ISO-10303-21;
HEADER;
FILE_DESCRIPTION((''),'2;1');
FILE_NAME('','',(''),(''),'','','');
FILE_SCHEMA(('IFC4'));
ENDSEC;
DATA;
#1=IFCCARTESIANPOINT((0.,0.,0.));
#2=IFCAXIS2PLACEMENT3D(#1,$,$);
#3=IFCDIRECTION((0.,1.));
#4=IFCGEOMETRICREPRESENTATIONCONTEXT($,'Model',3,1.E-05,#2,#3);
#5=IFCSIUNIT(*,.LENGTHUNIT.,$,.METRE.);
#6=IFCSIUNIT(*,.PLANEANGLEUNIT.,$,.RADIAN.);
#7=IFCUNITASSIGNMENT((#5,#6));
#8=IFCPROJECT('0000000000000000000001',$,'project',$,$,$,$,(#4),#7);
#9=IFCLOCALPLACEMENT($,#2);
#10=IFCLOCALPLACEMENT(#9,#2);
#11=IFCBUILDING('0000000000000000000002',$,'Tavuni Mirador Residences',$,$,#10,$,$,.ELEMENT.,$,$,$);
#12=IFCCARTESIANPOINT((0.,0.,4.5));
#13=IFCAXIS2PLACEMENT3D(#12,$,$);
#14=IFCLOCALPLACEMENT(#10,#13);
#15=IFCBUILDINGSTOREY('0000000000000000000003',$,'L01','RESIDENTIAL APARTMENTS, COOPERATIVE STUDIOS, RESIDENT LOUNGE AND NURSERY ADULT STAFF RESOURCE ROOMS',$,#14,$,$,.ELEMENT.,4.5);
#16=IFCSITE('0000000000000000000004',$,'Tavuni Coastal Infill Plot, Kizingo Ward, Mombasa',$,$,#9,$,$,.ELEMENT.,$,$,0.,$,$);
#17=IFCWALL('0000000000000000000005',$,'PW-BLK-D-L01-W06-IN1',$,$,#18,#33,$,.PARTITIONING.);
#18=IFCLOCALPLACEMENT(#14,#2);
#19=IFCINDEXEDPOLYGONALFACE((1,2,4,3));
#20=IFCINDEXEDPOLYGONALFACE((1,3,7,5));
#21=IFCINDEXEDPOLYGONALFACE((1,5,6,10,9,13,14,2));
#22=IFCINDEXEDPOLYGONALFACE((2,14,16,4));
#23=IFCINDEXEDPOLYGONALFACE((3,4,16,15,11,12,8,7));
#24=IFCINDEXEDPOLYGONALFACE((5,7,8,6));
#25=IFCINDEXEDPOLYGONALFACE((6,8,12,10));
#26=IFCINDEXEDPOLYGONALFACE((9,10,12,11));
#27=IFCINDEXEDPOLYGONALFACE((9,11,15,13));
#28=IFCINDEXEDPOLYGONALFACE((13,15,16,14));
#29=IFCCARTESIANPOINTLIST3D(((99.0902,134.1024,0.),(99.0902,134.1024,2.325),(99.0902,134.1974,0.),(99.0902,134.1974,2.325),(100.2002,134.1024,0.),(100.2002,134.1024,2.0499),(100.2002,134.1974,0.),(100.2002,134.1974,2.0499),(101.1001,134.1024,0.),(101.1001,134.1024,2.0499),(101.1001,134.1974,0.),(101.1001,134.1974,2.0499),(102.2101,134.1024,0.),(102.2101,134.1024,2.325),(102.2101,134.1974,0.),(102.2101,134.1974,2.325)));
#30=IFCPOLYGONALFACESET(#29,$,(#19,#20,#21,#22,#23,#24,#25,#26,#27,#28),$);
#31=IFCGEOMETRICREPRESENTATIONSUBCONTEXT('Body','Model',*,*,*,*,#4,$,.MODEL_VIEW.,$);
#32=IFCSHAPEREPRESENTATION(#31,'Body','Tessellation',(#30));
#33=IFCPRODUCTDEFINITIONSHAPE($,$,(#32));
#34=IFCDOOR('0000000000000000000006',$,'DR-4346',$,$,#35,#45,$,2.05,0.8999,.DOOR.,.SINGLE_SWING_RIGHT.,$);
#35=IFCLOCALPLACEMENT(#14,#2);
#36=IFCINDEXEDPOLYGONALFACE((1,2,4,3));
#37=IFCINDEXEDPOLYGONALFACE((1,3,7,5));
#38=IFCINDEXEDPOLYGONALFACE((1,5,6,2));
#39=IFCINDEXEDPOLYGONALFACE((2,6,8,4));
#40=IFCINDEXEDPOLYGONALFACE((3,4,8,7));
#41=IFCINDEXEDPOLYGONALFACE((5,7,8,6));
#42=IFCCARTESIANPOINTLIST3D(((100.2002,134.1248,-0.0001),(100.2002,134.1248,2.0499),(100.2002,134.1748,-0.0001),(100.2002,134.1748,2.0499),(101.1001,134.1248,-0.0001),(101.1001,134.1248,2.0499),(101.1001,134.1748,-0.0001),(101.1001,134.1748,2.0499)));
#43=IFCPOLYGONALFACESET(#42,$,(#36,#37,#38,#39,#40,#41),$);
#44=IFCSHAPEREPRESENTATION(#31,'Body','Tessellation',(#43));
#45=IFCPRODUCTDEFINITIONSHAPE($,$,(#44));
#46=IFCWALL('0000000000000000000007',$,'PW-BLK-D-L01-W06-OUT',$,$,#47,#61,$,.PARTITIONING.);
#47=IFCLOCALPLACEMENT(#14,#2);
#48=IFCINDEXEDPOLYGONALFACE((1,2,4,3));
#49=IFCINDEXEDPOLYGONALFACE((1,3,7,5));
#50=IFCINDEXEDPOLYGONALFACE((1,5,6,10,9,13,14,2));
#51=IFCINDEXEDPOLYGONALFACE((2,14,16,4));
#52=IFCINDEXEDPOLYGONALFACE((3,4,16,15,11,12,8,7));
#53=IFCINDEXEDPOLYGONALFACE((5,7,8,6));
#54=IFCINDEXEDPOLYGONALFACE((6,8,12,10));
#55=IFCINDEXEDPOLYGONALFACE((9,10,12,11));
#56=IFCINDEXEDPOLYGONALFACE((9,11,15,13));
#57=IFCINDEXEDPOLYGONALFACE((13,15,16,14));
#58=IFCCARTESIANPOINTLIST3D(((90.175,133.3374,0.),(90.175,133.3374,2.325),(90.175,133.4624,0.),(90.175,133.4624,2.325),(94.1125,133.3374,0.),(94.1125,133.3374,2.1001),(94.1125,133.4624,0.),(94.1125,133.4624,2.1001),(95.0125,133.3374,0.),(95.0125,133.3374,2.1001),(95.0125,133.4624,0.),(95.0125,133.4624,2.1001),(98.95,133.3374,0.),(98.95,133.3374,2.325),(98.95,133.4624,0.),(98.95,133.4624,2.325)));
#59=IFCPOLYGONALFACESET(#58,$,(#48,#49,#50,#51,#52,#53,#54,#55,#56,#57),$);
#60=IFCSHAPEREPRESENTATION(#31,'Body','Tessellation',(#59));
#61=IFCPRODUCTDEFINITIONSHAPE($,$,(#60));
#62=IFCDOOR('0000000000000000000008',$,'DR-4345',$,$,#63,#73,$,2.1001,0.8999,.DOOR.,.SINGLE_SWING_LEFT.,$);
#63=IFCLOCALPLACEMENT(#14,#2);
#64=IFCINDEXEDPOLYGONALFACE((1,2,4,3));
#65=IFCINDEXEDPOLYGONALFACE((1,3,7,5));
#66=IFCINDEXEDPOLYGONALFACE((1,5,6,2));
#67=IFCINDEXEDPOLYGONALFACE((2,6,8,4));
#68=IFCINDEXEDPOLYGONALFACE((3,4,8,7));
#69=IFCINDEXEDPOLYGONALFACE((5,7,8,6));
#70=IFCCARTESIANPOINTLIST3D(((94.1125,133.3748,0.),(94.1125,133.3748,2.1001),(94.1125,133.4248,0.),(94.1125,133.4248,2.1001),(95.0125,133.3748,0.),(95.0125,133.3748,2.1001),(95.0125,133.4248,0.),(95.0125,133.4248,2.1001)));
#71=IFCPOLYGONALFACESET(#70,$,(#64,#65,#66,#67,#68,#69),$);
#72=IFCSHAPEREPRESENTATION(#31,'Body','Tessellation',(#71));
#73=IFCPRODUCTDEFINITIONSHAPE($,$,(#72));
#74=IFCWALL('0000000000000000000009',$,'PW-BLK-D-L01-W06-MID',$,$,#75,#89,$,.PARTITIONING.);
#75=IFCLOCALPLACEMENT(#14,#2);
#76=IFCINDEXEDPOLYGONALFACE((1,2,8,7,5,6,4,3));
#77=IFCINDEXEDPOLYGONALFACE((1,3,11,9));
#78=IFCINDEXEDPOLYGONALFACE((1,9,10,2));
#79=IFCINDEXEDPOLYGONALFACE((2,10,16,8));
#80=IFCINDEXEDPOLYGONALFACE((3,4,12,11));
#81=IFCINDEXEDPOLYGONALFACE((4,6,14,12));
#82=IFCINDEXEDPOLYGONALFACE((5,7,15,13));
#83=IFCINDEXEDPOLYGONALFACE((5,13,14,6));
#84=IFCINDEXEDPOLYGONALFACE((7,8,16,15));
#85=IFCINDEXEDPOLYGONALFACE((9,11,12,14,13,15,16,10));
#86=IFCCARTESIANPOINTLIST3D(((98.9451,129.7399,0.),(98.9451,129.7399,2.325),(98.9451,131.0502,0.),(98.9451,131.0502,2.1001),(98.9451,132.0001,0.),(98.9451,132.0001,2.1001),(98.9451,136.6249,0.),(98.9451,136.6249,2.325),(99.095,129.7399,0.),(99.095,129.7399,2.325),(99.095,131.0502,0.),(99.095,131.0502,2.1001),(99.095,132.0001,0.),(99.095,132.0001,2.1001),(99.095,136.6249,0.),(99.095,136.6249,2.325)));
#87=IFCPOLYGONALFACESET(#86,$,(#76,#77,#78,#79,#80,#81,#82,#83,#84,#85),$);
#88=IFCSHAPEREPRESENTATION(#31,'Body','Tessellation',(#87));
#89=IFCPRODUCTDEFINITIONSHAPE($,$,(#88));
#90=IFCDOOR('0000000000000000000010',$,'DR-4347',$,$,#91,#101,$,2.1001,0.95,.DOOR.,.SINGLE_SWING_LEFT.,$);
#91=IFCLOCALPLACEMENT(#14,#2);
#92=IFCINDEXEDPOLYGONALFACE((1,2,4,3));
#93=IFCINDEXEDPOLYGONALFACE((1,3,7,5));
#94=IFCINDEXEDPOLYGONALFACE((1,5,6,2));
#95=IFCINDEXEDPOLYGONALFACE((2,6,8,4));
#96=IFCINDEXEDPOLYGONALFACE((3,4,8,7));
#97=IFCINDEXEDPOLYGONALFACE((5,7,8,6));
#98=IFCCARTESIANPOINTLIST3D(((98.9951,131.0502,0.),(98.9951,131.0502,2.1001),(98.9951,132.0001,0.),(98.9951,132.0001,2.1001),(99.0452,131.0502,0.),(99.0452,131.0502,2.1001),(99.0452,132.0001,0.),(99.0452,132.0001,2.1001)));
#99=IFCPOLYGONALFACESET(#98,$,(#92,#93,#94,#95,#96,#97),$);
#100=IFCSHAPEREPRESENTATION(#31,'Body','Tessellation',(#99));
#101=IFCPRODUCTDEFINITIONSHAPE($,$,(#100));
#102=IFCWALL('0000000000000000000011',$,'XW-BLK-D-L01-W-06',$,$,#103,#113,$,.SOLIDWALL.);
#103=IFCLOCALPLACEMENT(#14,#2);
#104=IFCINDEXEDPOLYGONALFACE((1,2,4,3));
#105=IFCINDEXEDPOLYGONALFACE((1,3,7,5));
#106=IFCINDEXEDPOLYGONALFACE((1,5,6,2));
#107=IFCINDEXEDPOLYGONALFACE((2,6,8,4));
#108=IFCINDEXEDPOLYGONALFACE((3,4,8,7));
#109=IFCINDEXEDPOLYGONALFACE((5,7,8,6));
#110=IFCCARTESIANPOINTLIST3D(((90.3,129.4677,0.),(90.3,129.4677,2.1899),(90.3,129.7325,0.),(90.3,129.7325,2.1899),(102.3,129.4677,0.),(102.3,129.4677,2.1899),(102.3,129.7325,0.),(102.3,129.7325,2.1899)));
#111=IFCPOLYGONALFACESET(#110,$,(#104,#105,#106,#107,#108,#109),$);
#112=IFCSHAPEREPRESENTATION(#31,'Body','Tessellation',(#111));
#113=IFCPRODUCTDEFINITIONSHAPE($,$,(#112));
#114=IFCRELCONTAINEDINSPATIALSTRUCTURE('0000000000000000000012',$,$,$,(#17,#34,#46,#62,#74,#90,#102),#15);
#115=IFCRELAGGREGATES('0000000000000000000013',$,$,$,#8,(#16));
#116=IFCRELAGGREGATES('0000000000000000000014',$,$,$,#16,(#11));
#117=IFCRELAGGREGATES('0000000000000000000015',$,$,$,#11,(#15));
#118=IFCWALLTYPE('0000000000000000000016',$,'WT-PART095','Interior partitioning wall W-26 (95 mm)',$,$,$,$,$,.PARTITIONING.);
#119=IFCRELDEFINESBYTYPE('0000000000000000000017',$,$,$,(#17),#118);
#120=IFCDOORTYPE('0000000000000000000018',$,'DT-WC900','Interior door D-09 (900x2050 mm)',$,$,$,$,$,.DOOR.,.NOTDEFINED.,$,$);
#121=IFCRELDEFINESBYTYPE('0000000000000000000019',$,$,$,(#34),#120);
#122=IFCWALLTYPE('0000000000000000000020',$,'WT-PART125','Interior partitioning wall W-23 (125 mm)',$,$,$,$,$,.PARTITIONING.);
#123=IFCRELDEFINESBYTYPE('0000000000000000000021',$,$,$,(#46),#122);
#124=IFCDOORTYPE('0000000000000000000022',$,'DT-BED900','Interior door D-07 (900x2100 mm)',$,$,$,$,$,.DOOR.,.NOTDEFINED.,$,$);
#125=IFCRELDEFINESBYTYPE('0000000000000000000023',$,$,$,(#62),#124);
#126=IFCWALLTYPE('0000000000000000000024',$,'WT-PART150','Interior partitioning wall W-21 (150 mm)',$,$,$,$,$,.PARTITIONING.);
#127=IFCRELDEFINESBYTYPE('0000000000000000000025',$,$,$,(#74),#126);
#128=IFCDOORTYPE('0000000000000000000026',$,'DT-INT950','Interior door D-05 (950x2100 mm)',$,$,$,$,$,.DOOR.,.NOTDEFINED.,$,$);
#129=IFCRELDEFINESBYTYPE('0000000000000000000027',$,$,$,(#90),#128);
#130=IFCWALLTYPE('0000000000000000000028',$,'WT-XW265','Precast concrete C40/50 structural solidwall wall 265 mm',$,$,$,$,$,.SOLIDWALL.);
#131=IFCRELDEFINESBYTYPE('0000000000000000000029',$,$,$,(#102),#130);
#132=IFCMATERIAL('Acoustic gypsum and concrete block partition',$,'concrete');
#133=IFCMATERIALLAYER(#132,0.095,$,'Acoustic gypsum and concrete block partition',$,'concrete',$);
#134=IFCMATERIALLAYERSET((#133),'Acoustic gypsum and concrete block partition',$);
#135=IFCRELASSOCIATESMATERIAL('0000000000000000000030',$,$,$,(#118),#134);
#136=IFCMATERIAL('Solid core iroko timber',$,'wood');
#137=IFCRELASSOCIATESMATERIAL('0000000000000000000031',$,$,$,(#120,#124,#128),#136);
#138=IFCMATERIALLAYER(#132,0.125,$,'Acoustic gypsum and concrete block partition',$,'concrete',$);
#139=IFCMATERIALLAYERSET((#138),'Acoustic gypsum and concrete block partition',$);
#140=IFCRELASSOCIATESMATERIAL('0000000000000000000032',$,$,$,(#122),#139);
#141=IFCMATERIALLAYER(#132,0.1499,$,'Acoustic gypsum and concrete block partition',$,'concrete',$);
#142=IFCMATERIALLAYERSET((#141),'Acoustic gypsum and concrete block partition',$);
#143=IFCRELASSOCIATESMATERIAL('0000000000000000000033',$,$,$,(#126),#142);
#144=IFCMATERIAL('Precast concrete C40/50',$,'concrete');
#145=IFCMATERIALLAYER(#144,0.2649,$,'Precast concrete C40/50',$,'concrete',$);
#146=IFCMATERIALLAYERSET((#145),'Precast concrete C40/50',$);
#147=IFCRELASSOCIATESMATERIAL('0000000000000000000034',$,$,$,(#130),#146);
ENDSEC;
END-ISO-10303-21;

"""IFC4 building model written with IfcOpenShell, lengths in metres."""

from ifc_helpers import new_model, si_unit, direction, frame, frame_2d, origin, place, context, subcontext, project, spatial, rectangle, extrude, material, layer, layer_set, type_object, element, fill, save


model = new_model("IFC4")

# Units and contexts
model_context = context("Model", 3, precision=1e-05, world=origin(), true_north=direction((0.0, 1.0)))
body_context = subcontext(model_context, "Body", "Model", "MODEL_VIEW")
ifc_project = project(units=[si_unit("LENGTHUNIT", "METRE"), si_unit("PLANEANGLEUNIT", "RADIAN")], contexts=[model_context])

# Site, building, storey
site_placement = place(None, origin())
site = spatial("IfcSite", under=ifc_project, at=site_placement, Name="Tavuni Coastal Infill Plot, Kizingo Ward, Mombasa", CompositionType="ELEMENT", RefElevation=0.0)
building_placement = place(site_placement, origin())
building = spatial("IfcBuilding", under=site, at=building_placement, Name="Tavuni Mirador Residences", CompositionType="ELEMENT")
storey_placement = place(building_placement, frame((0.0, 0.0, 4.5)))
storey = spatial("IfcBuildingStorey", under=building, at=storey_placement, Name="L01", Description="RESIDENTIAL APARTMENTS, COOPERATIVE STUDIOS, RESIDENT LOUNGE AND NURSERY ADULT STAFF RESOURCE ROOMS", CompositionType="ELEMENT", Elevation=4.5)

# Shared definitions
ifc_material_1 = material(Name="Precast concrete C40/50", Category="concrete")

# Shared definitions
ifc_material_2 = material(Name="Solid core iroko timber", Category="wood")

# Walls, openings, doors
ifc_material_3 = material(Name="Acoustic gypsum and concrete block partition", Category="concrete")
ifc_layer_1 = layer(ifc_material_3, 0.095, Name="Acoustic gypsum and concrete block partition", Category="concrete")
ifc_layer_set_1 = layer_set([ifc_layer_1], Name="Acoustic gypsum and concrete block partition")
wall_type_1 = type_object("IfcWallType", Name="WT-PART095", Description="Interior partitioning wall W-26 (95 mm)", PredefinedType="PARTITIONING", material=ifc_layer_set_1)
wall_1_placement = place(storey_placement, frame((99.0901, 134.1499, 0.0), z_axis=(0.0, 0.0, 1.0), x_axis=(1.0, 0.0, 0.0)))
wall_1 = element("IfcWall", 1, at=wall_1_placement, inside=storey, type_object=wall_type_1, Name="PW-BLK-D-L01-W06-IN1", PredefinedType="PARTITIONING", context=body_context, shape_type="SweptSolid", body=[
    extrude(rectangle(XDim=3.1199, YDim=0.095, at=frame_2d((1.5601, 0.0))), origin(), (0.0, 0.0, 1.0), 2.325),
])
opening_1_placement = place(wall_1_placement, frame((1.1101, 0.0, 0.0)))
opening_1 = element("IfcOpeningElement", 2, at=opening_1_placement, cuts=wall_1, PredefinedType="OPENING", context=body_context, shape_type="SweptSolid", body=[
    extrude(rectangle(XDim=0.8999, YDim=2.05, at=frame_2d((0.45, 1.0249))), frame((0.0, 0.0576, 0.0), z_axis=(0.0, -1.0, 0.0), x_axis=(1.0, 0.0, 0.0)), (0.0, 0.0, 1.0), 0.115),
])
door_type_1 = type_object("IfcDoorType", Name="DT-WC900", Description="Interior door D-09 (900x2050 mm)", OperationType="NOTDEFINED", PredefinedType="DOOR", material=ifc_material_2)
door_1_placement = place(opening_1_placement, origin())
door_1 = element("IfcDoor", 3, at=door_1_placement, inside=storey, type_object=door_type_1, Name="DR-4346", OperationType="SINGLE_SWING_RIGHT", OverallHeight=2.05, OverallWidth=0.8999, PredefinedType="DOOR", context=body_context, shape_type="SweptSolid", body=[
    extrude(rectangle(XDim=0.8999, YDim=2.05, at=frame_2d((0.45, 1.0249))), frame((0.0, 0.0249, 0.0), z_axis=(0.0, -1.0, 0.0), x_axis=(1.0, 0.0, 0.0)), (0.0, 0.0, 1.0), 0.05),
])
fill(opening_1, door_1)
ifc_layer_2 = layer(ifc_material_3, 0.125, Name="Acoustic gypsum and concrete block partition", Category="concrete")
ifc_layer_set_2 = layer_set([ifc_layer_2], Name="Acoustic gypsum and concrete block partition")
wall_type_2 = type_object("IfcWallType", Name="WT-PART125", Description="Interior partitioning wall W-23 (125 mm)", PredefinedType="PARTITIONING", material=ifc_layer_set_2)
wall_2_placement = place(storey_placement, frame((90.175, 133.3999, 0.0), z_axis=(0.0, 0.0, 1.0), x_axis=(1.0, 0.0, 0.0)))
wall_2 = element("IfcWall", 4, at=wall_2_placement, inside=storey, type_object=wall_type_2, Name="PW-BLK-D-L01-W06-OUT", PredefinedType="PARTITIONING", context=body_context, shape_type="SweptSolid", body=[
    extrude(rectangle(XDim=8.7749, YDim=0.125, at=frame_2d((4.3875, 0.0))), origin(), (0.0, 0.0, 1.0), 2.325),
])
opening_2_placement = place(wall_2_placement, frame((3.9375, 0.0, 0.0)))
opening_2 = element("IfcOpeningElement", 5, at=opening_2_placement, cuts=wall_2, PredefinedType="OPENING", context=body_context, shape_type="SweptSolid", body=[
    extrude(rectangle(XDim=0.8999, YDim=2.1001, at=frame_2d((0.45, 1.05))), frame((0.0, 0.0725, 0.0), z_axis=(0.0, -1.0, 0.0), x_axis=(1.0, 0.0, 0.0)), (0.0, 0.0, 1.0), 0.145),
])
door_type_2 = type_object("IfcDoorType", Name="DT-BED900", Description="Interior door D-07 (900x2100 mm)", OperationType="NOTDEFINED", PredefinedType="DOOR", material=ifc_material_2)
door_2_placement = place(opening_2_placement, origin())
door_2 = element("IfcDoor", 6, at=door_2_placement, inside=storey, type_object=door_type_2, Name="DR-4345", OperationType="SINGLE_SWING_LEFT", OverallHeight=2.1001, OverallWidth=0.8999, PredefinedType="DOOR", context=body_context, shape_type="SweptSolid", body=[
    extrude(rectangle(XDim=0.8999, YDim=2.1001, at=frame_2d((0.45, 1.05))), frame((0.0, 0.0249, 0.0), z_axis=(0.0, -1.0, 0.0), x_axis=(1.0, 0.0, 0.0)), (0.0, 0.0, 1.0), 0.05),
])
fill(opening_2, door_2)
ifc_layer_3 = layer(ifc_material_3, 0.1499, Name="Acoustic gypsum and concrete block partition", Category="concrete")
ifc_layer_set_3 = layer_set([ifc_layer_3], Name="Acoustic gypsum and concrete block partition")
wall_type_3 = type_object("IfcWallType", Name="WT-PART150", Description="Interior partitioning wall W-21 (150 mm)", PredefinedType="PARTITIONING", material=ifc_layer_set_3)
wall_3_placement = place(storey_placement, frame((99.02, 129.74, 0.0), z_axis=(0.0, 0.0, 1.0), x_axis=(0.0, 1.0, 0.0)))
wall_3 = element("IfcWall", 7, at=wall_3_placement, inside=storey, type_object=wall_type_3, Name="PW-BLK-D-L01-W06-MID", PredefinedType="PARTITIONING", context=body_context, shape_type="SweptSolid", body=[
    extrude(rectangle(XDim=6.885, YDim=0.1499, at=frame_2d((3.4424, 0.0))), origin(), (0.0, 0.0, 1.0), 2.325),
])
opening_3_placement = place(wall_3_placement, frame((1.3101, 0.0, 0.0)))
opening_3 = element("IfcOpeningElement", 8, at=opening_3_placement, cuts=wall_3, PredefinedType="OPENING", context=body_context, shape_type="SweptSolid", body=[
    extrude(rectangle(XDim=0.95, YDim=2.1001, at=frame_2d((0.4751, 1.05))), frame((0.0, 0.085, 0.0), z_axis=(0.0, -1.0, 0.0), x_axis=(1.0, 0.0, 0.0)), (0.0, 0.0, 1.0), 0.1699),
])
door_type_3 = type_object("IfcDoorType", Name="DT-INT950", Description="Interior door D-05 (950x2100 mm)", OperationType="NOTDEFINED", PredefinedType="DOOR", material=ifc_material_2)
door_3_placement = place(opening_3_placement, origin())
door_3 = element("IfcDoor", 9, at=door_3_placement, inside=storey, type_object=door_type_3, Name="DR-4347", OperationType="SINGLE_SWING_LEFT", OverallHeight=2.1001, OverallWidth=0.95, PredefinedType="DOOR", context=body_context, shape_type="SweptSolid", body=[
    extrude(rectangle(XDim=0.95, YDim=2.1001, at=frame_2d((0.4751, 1.05))), frame((0.0, 0.0249, 0.0), z_axis=(0.0, -1.0, 0.0), x_axis=(1.0, 0.0, 0.0)), (0.0, 0.0, 1.0), 0.05),
])
fill(opening_3, door_3)

# Wall
ifc_layer_4 = layer(ifc_material_1, 0.2649, Name="Precast concrete C40/50", Category="concrete")
ifc_layer_set_4 = layer_set([ifc_layer_4], Name="Precast concrete C40/50")
wall_type_4 = type_object("IfcWallType", Name="WT-XW265", Description="Precast concrete C40/50 structural solidwall wall 265 mm", PredefinedType="SOLIDWALL", material=ifc_layer_set_4)
wall_4_placement = place(storey_placement, frame((90.3, 129.6001, 0.0), z_axis=(0.0, 0.0, 1.0), x_axis=(1.0, 0.0, 0.0)))
element("IfcWall", 10, at=wall_4_placement, inside=storey, type_object=wall_type_4, Name="XW-BLK-D-L01-W-06", PredefinedType="SOLIDWALL", context=body_context, shape_type="SweptSolid", body=[
    extrude(rectangle(XDim=12.0, YDim=0.2649, at=frame_2d((6.0, 0.0))), origin(), (0.0, 0.0, 1.0), 2.1899),
])

save(model, "model.ifc")
